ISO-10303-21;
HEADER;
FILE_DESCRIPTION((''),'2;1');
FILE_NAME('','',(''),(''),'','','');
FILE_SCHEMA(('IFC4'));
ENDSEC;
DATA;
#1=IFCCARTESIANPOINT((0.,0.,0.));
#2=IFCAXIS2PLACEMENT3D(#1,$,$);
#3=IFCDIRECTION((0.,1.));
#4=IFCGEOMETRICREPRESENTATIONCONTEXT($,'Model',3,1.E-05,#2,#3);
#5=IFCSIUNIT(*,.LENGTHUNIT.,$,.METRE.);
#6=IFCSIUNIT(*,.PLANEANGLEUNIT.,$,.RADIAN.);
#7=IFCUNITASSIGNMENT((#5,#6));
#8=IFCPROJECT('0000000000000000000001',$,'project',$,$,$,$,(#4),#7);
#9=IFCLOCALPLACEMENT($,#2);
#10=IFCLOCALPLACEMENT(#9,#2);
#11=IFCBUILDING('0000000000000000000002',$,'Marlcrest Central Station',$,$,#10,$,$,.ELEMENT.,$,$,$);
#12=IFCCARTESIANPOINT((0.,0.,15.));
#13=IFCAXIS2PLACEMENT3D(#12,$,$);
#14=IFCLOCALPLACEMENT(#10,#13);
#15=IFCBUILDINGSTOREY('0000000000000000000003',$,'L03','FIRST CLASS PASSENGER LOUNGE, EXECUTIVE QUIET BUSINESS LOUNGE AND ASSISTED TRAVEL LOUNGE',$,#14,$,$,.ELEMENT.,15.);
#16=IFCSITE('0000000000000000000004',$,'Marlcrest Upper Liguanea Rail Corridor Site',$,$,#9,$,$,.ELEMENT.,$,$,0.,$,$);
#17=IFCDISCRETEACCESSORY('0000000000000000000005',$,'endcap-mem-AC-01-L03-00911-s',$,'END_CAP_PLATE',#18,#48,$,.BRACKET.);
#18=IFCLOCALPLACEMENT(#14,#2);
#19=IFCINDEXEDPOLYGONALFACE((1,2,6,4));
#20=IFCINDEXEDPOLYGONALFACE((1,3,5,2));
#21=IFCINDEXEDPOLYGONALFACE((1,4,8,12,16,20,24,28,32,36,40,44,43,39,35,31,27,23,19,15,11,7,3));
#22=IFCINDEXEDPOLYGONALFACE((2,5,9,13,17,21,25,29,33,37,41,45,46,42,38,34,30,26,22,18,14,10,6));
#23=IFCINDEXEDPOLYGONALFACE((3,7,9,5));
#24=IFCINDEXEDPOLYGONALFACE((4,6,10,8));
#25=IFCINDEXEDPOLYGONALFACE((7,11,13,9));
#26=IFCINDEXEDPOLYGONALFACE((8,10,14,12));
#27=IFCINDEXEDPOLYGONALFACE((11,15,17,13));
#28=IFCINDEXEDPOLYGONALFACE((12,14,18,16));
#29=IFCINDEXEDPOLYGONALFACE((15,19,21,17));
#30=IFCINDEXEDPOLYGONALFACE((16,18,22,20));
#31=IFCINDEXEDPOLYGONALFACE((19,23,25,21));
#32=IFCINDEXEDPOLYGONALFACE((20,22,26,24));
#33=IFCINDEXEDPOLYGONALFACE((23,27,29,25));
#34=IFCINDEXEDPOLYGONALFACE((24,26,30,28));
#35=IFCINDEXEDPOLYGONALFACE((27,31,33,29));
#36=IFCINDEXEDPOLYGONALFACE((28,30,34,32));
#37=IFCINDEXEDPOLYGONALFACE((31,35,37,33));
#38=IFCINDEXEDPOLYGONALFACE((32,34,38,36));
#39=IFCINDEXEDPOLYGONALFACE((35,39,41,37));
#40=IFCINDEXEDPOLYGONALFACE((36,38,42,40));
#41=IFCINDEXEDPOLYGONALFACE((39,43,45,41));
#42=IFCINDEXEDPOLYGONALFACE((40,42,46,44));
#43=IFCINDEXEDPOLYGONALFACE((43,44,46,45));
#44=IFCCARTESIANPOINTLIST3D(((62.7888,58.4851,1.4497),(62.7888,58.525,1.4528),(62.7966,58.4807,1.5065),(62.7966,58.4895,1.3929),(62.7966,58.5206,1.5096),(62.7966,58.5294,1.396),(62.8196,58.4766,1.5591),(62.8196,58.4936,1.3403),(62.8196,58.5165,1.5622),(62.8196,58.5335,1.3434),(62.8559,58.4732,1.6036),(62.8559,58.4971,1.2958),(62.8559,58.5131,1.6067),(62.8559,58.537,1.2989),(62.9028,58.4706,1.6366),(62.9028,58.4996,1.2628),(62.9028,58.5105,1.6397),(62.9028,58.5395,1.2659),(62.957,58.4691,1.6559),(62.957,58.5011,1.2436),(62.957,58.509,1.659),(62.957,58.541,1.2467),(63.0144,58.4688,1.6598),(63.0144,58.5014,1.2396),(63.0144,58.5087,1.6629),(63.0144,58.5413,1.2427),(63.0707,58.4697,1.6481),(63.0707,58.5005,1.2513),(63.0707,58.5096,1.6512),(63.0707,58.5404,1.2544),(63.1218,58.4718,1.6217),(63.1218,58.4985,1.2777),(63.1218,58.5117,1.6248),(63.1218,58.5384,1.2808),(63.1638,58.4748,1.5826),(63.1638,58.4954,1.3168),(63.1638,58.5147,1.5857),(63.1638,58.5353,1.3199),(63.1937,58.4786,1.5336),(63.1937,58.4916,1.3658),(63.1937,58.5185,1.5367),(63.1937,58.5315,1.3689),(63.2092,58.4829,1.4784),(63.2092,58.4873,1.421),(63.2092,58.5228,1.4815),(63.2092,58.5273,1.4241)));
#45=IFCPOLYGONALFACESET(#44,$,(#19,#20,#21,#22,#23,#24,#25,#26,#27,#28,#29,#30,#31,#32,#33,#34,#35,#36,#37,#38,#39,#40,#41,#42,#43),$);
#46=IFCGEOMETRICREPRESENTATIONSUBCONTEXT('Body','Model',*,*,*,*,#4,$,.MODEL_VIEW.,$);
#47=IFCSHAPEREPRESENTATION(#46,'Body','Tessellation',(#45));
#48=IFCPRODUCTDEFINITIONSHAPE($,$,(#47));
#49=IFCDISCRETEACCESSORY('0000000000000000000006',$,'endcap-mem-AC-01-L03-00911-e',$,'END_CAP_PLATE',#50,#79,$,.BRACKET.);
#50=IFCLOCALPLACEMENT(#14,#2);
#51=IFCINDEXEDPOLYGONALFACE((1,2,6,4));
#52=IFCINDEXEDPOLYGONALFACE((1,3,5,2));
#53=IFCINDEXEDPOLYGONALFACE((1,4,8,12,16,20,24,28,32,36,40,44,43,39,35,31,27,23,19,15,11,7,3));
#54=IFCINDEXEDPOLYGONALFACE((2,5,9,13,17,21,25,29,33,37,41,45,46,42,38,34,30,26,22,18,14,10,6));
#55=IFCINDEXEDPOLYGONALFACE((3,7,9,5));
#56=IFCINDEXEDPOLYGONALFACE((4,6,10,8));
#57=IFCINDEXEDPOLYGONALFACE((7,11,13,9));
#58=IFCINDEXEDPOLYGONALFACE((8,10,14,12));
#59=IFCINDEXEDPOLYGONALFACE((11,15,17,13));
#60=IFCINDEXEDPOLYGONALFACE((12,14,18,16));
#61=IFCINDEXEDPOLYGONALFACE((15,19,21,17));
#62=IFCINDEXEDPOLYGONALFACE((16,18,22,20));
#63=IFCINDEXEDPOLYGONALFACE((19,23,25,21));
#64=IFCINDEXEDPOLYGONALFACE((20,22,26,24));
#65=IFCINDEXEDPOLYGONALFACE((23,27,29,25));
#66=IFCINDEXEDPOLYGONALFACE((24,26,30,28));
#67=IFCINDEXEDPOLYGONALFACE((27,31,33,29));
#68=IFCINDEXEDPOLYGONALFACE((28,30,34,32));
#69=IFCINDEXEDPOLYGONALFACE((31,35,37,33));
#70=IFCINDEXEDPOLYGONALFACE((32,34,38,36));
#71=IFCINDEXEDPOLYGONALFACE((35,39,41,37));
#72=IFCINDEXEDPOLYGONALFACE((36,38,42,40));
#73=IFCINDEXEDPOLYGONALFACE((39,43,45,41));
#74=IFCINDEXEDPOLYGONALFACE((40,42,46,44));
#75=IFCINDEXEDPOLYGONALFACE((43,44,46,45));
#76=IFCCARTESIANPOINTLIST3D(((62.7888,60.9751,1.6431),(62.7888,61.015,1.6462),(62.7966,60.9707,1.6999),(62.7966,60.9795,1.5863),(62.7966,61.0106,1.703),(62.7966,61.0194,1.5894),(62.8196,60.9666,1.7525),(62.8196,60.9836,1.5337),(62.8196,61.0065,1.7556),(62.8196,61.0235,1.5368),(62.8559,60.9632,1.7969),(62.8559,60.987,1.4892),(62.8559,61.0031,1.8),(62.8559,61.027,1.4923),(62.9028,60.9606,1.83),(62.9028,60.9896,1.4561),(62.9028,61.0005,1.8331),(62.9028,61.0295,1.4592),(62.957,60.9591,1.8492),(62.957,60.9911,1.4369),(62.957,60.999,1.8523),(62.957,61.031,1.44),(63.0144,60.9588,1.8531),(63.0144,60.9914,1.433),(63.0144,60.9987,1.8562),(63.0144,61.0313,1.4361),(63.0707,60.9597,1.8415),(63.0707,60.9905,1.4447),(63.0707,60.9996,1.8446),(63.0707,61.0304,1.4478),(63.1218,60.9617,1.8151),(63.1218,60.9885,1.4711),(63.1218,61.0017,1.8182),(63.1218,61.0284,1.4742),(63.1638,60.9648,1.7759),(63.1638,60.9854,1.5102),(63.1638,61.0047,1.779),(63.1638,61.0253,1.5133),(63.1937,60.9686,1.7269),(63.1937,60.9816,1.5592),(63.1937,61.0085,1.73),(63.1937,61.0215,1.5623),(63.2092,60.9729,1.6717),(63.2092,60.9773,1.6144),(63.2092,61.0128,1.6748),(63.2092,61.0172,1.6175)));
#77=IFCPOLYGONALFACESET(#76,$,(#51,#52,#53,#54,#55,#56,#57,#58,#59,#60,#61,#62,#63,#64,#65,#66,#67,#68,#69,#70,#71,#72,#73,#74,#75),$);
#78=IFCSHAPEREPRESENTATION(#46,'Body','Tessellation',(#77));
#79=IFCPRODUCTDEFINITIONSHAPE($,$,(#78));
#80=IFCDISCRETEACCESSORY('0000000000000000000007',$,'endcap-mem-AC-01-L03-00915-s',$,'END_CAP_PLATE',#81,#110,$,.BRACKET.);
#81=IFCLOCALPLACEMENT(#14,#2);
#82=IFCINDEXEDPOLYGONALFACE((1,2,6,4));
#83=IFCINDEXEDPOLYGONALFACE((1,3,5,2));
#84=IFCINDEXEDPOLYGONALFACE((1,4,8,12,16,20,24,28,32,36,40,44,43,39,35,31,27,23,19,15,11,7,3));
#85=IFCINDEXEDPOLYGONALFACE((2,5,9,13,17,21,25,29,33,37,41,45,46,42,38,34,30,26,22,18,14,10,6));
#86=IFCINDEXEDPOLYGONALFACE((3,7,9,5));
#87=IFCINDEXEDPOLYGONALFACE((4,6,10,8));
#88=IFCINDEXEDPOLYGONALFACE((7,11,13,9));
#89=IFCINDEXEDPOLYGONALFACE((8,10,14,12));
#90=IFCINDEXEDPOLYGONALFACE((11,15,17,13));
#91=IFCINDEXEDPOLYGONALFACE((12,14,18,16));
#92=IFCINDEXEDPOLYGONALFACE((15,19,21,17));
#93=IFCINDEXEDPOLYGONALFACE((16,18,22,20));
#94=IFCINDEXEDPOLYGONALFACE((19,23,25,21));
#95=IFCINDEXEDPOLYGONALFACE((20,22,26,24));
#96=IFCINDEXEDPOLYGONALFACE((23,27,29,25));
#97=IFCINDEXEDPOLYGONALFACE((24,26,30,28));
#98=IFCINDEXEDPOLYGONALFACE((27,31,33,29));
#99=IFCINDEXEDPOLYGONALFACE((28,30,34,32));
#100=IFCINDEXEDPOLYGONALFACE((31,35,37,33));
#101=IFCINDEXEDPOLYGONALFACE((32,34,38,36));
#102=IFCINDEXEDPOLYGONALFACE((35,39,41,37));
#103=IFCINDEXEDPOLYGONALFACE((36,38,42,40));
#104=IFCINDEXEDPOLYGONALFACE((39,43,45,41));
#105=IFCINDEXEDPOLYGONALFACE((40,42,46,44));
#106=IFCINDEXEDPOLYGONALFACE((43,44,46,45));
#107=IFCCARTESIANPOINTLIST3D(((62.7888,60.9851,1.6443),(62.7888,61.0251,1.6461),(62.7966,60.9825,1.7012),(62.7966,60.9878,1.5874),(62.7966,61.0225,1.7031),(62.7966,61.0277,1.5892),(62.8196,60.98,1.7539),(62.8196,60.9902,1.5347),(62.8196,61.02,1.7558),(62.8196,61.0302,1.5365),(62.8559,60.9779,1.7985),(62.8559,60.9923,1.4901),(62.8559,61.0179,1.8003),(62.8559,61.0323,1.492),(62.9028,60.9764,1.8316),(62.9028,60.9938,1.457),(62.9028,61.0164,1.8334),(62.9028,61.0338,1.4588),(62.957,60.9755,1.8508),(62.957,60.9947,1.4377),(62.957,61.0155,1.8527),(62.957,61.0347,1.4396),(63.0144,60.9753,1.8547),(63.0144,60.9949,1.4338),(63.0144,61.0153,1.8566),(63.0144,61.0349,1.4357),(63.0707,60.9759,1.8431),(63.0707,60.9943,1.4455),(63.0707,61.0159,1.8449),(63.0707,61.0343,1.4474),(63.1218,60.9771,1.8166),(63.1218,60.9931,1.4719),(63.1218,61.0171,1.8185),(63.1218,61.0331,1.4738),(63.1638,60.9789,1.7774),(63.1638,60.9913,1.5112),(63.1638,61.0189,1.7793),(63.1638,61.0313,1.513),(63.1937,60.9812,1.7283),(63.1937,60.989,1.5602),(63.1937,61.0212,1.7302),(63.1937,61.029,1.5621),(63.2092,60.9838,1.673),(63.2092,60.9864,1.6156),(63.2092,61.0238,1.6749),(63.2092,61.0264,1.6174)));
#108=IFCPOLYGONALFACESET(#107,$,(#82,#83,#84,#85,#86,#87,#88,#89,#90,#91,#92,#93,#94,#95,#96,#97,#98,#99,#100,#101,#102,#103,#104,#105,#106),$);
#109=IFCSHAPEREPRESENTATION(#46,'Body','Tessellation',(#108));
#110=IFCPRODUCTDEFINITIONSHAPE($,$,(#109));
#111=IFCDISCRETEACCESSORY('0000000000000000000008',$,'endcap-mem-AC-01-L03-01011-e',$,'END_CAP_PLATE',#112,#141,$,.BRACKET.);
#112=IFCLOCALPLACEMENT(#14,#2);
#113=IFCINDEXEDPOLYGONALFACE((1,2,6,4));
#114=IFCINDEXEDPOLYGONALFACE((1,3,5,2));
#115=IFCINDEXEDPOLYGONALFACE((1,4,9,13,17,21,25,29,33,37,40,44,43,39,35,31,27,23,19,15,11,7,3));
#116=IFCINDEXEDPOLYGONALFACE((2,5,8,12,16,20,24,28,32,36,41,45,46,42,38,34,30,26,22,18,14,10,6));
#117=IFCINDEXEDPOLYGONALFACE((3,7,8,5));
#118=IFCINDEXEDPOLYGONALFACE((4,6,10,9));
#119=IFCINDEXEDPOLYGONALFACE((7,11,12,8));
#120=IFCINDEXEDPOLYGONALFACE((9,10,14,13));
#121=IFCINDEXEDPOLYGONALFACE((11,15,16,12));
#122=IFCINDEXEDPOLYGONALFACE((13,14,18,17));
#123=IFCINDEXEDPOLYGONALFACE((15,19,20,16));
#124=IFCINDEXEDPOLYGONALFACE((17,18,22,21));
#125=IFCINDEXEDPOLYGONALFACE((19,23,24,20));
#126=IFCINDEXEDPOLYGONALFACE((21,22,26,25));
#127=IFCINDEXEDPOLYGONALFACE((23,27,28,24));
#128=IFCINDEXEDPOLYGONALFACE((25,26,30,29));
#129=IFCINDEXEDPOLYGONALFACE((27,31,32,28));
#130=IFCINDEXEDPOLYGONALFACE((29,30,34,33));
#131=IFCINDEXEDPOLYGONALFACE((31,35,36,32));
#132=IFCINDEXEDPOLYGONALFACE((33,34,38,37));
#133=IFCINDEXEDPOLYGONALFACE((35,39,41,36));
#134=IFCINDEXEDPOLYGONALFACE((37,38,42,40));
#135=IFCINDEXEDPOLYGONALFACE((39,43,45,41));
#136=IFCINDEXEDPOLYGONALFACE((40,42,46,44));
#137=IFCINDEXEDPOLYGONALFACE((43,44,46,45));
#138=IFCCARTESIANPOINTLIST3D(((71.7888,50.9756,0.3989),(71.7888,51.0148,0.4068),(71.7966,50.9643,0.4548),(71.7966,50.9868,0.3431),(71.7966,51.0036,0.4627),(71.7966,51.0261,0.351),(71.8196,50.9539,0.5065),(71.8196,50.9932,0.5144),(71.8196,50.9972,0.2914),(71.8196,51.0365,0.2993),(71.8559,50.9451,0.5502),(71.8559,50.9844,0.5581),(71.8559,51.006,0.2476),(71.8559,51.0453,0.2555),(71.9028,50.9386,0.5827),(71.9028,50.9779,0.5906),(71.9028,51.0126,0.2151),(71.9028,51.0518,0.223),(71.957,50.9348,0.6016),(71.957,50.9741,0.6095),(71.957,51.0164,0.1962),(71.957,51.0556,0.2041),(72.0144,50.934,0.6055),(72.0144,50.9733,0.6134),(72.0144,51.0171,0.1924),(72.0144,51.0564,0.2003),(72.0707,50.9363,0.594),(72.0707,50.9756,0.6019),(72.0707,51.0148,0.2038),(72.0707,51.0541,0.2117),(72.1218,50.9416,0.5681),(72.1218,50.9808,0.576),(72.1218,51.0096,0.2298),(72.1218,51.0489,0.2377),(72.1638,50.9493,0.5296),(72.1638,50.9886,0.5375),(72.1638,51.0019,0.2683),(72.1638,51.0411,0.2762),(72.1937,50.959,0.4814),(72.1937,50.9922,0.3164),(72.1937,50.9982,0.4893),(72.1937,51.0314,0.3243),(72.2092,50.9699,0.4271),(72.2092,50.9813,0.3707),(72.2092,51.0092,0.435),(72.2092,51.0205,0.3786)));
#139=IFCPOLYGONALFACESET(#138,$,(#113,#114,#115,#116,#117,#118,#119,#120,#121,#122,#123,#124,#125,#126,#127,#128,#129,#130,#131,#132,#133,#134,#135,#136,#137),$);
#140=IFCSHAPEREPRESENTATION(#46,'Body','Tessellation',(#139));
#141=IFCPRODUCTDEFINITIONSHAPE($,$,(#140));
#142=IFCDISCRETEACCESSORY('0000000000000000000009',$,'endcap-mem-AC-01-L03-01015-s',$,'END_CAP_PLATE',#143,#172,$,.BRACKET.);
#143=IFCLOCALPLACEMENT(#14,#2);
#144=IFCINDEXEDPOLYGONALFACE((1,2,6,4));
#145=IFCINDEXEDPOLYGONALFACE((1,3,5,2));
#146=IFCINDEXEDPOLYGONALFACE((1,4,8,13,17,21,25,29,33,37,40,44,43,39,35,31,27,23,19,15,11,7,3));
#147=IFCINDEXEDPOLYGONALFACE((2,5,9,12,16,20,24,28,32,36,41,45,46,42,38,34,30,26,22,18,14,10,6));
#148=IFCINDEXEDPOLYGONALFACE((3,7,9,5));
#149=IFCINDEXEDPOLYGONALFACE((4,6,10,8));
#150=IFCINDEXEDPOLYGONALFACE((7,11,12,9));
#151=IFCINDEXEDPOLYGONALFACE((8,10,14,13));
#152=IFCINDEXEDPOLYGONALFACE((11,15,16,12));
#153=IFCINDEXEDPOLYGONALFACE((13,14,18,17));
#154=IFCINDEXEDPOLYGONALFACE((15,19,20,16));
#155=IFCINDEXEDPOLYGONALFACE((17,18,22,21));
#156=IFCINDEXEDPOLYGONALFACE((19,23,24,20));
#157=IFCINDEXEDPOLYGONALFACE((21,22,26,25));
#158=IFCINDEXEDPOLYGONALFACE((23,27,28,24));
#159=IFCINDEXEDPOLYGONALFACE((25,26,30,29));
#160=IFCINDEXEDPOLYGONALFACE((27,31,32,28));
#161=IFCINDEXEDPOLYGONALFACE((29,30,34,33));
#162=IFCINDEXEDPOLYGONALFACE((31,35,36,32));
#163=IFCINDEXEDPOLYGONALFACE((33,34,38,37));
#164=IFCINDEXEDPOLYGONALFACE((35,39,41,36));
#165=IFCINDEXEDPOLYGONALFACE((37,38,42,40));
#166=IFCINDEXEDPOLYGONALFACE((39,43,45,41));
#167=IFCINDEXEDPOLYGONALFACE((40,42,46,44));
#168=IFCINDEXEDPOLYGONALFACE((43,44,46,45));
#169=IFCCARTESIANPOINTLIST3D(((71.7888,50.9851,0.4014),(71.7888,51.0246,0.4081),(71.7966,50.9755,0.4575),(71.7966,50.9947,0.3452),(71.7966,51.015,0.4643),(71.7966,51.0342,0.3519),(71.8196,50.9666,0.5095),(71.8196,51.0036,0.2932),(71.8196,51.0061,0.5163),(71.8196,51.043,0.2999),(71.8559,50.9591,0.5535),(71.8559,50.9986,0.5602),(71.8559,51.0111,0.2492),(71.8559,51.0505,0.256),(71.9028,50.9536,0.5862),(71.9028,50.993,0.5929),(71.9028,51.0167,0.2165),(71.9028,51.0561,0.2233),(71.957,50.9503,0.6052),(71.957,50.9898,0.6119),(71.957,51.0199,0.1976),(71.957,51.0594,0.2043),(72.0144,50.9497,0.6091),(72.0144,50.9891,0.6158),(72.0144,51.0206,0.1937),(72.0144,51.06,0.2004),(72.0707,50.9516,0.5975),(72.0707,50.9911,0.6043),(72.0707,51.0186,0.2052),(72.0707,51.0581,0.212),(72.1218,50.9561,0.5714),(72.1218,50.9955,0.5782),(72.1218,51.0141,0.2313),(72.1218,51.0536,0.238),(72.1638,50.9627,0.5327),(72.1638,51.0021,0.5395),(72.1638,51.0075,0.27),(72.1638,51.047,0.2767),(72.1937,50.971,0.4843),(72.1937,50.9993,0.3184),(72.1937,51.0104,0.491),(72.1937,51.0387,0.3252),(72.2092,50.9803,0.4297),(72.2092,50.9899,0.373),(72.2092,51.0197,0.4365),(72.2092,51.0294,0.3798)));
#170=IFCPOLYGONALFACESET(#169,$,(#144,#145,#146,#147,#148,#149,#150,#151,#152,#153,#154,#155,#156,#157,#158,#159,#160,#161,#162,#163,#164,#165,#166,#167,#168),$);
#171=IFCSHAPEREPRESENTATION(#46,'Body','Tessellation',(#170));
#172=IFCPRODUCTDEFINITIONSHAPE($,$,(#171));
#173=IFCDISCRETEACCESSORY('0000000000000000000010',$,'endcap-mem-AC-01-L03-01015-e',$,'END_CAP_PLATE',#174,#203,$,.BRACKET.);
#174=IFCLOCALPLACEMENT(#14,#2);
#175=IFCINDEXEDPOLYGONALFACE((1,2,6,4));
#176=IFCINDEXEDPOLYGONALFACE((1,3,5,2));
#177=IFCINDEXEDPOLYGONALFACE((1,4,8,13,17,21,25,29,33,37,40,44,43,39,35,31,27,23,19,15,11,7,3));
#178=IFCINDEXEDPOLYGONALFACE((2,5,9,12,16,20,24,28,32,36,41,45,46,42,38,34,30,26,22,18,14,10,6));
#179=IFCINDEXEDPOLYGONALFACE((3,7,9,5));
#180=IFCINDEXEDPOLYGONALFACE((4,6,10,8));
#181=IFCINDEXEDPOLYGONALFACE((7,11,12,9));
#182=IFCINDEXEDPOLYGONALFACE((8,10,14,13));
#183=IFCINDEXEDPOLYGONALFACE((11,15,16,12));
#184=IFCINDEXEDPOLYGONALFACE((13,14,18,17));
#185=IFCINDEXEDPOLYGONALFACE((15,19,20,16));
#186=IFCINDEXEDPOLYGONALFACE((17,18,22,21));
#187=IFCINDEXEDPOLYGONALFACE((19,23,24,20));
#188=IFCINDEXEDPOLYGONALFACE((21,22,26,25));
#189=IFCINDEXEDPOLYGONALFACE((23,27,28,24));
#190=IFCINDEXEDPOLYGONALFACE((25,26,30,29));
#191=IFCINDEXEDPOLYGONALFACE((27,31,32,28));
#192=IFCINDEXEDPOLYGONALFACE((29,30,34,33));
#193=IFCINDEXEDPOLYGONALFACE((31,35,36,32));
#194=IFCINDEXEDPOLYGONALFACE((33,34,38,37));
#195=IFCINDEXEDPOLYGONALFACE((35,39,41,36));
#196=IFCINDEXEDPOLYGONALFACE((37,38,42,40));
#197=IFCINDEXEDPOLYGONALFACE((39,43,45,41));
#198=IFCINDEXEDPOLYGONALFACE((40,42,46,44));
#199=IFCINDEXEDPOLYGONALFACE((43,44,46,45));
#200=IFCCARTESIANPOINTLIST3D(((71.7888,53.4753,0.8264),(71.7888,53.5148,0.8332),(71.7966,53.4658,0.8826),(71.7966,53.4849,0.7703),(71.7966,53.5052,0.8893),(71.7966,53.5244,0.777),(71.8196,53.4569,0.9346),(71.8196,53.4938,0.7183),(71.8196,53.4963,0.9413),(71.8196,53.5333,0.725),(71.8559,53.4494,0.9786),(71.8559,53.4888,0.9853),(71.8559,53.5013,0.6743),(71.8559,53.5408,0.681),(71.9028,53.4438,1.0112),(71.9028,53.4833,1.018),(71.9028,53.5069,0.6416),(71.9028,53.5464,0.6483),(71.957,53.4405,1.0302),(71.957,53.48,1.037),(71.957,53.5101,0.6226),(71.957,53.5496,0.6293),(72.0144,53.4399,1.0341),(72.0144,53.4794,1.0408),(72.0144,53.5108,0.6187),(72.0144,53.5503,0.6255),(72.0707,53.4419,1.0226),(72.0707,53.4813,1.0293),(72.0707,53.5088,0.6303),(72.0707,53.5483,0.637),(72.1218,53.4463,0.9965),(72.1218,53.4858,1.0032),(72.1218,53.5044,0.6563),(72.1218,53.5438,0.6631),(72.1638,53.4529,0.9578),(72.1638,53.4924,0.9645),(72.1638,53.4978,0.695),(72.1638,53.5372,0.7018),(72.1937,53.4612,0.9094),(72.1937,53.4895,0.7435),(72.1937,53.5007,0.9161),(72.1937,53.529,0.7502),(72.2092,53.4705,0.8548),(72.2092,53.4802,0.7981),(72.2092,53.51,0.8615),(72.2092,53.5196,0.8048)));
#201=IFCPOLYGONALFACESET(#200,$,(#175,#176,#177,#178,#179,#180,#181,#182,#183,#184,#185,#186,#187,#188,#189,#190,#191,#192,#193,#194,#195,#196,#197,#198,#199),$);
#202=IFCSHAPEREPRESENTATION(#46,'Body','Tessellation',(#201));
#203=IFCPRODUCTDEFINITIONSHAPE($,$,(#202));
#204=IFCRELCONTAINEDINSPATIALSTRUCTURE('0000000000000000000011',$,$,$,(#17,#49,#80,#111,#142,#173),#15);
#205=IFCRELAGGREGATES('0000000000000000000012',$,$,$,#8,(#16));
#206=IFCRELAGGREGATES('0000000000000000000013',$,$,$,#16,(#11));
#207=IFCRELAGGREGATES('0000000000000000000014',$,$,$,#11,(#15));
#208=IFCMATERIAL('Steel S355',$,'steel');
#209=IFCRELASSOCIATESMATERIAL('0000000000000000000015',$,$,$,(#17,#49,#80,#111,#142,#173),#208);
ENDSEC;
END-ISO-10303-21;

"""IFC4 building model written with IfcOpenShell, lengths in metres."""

from ifc_helpers import new_model, si_unit, direction, frame, origin, origin_2d, place, context, subcontext, project, spatial, circle, extrude, material, element, save


model = new_model("IFC4")

# Units and contexts
model_context = context("Model", 3, precision=1e-05, world=origin(), true_north=direction((0.0, 1.0)))
body_context = subcontext(model_context, "Body", "Model", "MODEL_VIEW")
ifc_project = project(units=[si_unit("LENGTHUNIT", "METRE"), si_unit("PLANEANGLEUNIT", "RADIAN")], contexts=[model_context])

# Site, building, storey
site_placement = place(None, origin())
site = spatial("IfcSite", under=ifc_project, at=site_placement, Name="Marlcrest Upper Liguanea Rail Corridor Site", CompositionType="ELEMENT", RefElevation=0.0)
building_placement = place(site_placement, origin())
building = spatial("IfcBuilding", under=site, at=building_placement, Name="Marlcrest Central Station", CompositionType="ELEMENT")
storey_placement = place(building_placement, frame((0.0, 0.0, 15.0)))
storey = spatial("IfcBuildingStorey", under=building, at=storey_placement, Name="L03", Description="FIRST CLASS PASSENGER LOUNGE, EXECUTIVE QUIET BUSINESS LOUNGE AND ASSISTED TRAVEL LOUNGE", CompositionType="ELEMENT", Elevation=15.0)

# Shared definitions
ifc_material_1 = material(Name="Steel S355", Category="steel")

# Discrete accessories
for number, where, z_axis, x_axis, name in (
    (1, (63.0, 58.4851, 1.4497), (0.0, 0.997, 0.077404), (-1.0, 0.0, 0.0), "endcap-mem-AC-01-L03-00911-s"),
    (2, (63.0, 60.9751, 1.6431), (0.0, 0.997, 0.077404), (-1.0, 0.0, 0.0), "endcap-mem-AC-01-L03-00911-e"),
    (3, (63.0, 60.9851, 1.6443), (0.0, 0.998921, 0.046434), (-1.0, 0.0, 0.0), "endcap-mem-AC-01-L03-00915-s"),
    (4, (72.0, 50.9756, 0.3989), (0.0, 0.980359, 0.197219), (-1.0, 0.0, 0.0), "endcap-mem-AC-01-L03-01011-e"),
    (5, (72.0, 50.9851, 0.4014), (0.0, 0.985741, 0.168269), (-1.0, 0.0, 0.0), "endcap-mem-AC-01-L03-01015-s"),
    (6, (72.0, 53.4753, 0.8264), (0.0, 0.985741, 0.168269), (-1.0, 0.0, 0.0), "endcap-mem-AC-01-L03-01015-e"),
):
    element("IfcDiscreteAccessory", number, at=place(storey_placement, frame(where, z_axis=z_axis, x_axis=x_axis)), inside=storey, material=ifc_material_1, Name=name, ObjectType="END_CAP_PLATE", PredefinedType="BRACKET", context=body_context, shape_type="SweptSolid", body=[
        extrude(circle(Radius=0.2112, at=origin_2d()), origin(), (0.0, 0.0, 1.0), 0.04),
    ])

save(model, "model.ifc")
